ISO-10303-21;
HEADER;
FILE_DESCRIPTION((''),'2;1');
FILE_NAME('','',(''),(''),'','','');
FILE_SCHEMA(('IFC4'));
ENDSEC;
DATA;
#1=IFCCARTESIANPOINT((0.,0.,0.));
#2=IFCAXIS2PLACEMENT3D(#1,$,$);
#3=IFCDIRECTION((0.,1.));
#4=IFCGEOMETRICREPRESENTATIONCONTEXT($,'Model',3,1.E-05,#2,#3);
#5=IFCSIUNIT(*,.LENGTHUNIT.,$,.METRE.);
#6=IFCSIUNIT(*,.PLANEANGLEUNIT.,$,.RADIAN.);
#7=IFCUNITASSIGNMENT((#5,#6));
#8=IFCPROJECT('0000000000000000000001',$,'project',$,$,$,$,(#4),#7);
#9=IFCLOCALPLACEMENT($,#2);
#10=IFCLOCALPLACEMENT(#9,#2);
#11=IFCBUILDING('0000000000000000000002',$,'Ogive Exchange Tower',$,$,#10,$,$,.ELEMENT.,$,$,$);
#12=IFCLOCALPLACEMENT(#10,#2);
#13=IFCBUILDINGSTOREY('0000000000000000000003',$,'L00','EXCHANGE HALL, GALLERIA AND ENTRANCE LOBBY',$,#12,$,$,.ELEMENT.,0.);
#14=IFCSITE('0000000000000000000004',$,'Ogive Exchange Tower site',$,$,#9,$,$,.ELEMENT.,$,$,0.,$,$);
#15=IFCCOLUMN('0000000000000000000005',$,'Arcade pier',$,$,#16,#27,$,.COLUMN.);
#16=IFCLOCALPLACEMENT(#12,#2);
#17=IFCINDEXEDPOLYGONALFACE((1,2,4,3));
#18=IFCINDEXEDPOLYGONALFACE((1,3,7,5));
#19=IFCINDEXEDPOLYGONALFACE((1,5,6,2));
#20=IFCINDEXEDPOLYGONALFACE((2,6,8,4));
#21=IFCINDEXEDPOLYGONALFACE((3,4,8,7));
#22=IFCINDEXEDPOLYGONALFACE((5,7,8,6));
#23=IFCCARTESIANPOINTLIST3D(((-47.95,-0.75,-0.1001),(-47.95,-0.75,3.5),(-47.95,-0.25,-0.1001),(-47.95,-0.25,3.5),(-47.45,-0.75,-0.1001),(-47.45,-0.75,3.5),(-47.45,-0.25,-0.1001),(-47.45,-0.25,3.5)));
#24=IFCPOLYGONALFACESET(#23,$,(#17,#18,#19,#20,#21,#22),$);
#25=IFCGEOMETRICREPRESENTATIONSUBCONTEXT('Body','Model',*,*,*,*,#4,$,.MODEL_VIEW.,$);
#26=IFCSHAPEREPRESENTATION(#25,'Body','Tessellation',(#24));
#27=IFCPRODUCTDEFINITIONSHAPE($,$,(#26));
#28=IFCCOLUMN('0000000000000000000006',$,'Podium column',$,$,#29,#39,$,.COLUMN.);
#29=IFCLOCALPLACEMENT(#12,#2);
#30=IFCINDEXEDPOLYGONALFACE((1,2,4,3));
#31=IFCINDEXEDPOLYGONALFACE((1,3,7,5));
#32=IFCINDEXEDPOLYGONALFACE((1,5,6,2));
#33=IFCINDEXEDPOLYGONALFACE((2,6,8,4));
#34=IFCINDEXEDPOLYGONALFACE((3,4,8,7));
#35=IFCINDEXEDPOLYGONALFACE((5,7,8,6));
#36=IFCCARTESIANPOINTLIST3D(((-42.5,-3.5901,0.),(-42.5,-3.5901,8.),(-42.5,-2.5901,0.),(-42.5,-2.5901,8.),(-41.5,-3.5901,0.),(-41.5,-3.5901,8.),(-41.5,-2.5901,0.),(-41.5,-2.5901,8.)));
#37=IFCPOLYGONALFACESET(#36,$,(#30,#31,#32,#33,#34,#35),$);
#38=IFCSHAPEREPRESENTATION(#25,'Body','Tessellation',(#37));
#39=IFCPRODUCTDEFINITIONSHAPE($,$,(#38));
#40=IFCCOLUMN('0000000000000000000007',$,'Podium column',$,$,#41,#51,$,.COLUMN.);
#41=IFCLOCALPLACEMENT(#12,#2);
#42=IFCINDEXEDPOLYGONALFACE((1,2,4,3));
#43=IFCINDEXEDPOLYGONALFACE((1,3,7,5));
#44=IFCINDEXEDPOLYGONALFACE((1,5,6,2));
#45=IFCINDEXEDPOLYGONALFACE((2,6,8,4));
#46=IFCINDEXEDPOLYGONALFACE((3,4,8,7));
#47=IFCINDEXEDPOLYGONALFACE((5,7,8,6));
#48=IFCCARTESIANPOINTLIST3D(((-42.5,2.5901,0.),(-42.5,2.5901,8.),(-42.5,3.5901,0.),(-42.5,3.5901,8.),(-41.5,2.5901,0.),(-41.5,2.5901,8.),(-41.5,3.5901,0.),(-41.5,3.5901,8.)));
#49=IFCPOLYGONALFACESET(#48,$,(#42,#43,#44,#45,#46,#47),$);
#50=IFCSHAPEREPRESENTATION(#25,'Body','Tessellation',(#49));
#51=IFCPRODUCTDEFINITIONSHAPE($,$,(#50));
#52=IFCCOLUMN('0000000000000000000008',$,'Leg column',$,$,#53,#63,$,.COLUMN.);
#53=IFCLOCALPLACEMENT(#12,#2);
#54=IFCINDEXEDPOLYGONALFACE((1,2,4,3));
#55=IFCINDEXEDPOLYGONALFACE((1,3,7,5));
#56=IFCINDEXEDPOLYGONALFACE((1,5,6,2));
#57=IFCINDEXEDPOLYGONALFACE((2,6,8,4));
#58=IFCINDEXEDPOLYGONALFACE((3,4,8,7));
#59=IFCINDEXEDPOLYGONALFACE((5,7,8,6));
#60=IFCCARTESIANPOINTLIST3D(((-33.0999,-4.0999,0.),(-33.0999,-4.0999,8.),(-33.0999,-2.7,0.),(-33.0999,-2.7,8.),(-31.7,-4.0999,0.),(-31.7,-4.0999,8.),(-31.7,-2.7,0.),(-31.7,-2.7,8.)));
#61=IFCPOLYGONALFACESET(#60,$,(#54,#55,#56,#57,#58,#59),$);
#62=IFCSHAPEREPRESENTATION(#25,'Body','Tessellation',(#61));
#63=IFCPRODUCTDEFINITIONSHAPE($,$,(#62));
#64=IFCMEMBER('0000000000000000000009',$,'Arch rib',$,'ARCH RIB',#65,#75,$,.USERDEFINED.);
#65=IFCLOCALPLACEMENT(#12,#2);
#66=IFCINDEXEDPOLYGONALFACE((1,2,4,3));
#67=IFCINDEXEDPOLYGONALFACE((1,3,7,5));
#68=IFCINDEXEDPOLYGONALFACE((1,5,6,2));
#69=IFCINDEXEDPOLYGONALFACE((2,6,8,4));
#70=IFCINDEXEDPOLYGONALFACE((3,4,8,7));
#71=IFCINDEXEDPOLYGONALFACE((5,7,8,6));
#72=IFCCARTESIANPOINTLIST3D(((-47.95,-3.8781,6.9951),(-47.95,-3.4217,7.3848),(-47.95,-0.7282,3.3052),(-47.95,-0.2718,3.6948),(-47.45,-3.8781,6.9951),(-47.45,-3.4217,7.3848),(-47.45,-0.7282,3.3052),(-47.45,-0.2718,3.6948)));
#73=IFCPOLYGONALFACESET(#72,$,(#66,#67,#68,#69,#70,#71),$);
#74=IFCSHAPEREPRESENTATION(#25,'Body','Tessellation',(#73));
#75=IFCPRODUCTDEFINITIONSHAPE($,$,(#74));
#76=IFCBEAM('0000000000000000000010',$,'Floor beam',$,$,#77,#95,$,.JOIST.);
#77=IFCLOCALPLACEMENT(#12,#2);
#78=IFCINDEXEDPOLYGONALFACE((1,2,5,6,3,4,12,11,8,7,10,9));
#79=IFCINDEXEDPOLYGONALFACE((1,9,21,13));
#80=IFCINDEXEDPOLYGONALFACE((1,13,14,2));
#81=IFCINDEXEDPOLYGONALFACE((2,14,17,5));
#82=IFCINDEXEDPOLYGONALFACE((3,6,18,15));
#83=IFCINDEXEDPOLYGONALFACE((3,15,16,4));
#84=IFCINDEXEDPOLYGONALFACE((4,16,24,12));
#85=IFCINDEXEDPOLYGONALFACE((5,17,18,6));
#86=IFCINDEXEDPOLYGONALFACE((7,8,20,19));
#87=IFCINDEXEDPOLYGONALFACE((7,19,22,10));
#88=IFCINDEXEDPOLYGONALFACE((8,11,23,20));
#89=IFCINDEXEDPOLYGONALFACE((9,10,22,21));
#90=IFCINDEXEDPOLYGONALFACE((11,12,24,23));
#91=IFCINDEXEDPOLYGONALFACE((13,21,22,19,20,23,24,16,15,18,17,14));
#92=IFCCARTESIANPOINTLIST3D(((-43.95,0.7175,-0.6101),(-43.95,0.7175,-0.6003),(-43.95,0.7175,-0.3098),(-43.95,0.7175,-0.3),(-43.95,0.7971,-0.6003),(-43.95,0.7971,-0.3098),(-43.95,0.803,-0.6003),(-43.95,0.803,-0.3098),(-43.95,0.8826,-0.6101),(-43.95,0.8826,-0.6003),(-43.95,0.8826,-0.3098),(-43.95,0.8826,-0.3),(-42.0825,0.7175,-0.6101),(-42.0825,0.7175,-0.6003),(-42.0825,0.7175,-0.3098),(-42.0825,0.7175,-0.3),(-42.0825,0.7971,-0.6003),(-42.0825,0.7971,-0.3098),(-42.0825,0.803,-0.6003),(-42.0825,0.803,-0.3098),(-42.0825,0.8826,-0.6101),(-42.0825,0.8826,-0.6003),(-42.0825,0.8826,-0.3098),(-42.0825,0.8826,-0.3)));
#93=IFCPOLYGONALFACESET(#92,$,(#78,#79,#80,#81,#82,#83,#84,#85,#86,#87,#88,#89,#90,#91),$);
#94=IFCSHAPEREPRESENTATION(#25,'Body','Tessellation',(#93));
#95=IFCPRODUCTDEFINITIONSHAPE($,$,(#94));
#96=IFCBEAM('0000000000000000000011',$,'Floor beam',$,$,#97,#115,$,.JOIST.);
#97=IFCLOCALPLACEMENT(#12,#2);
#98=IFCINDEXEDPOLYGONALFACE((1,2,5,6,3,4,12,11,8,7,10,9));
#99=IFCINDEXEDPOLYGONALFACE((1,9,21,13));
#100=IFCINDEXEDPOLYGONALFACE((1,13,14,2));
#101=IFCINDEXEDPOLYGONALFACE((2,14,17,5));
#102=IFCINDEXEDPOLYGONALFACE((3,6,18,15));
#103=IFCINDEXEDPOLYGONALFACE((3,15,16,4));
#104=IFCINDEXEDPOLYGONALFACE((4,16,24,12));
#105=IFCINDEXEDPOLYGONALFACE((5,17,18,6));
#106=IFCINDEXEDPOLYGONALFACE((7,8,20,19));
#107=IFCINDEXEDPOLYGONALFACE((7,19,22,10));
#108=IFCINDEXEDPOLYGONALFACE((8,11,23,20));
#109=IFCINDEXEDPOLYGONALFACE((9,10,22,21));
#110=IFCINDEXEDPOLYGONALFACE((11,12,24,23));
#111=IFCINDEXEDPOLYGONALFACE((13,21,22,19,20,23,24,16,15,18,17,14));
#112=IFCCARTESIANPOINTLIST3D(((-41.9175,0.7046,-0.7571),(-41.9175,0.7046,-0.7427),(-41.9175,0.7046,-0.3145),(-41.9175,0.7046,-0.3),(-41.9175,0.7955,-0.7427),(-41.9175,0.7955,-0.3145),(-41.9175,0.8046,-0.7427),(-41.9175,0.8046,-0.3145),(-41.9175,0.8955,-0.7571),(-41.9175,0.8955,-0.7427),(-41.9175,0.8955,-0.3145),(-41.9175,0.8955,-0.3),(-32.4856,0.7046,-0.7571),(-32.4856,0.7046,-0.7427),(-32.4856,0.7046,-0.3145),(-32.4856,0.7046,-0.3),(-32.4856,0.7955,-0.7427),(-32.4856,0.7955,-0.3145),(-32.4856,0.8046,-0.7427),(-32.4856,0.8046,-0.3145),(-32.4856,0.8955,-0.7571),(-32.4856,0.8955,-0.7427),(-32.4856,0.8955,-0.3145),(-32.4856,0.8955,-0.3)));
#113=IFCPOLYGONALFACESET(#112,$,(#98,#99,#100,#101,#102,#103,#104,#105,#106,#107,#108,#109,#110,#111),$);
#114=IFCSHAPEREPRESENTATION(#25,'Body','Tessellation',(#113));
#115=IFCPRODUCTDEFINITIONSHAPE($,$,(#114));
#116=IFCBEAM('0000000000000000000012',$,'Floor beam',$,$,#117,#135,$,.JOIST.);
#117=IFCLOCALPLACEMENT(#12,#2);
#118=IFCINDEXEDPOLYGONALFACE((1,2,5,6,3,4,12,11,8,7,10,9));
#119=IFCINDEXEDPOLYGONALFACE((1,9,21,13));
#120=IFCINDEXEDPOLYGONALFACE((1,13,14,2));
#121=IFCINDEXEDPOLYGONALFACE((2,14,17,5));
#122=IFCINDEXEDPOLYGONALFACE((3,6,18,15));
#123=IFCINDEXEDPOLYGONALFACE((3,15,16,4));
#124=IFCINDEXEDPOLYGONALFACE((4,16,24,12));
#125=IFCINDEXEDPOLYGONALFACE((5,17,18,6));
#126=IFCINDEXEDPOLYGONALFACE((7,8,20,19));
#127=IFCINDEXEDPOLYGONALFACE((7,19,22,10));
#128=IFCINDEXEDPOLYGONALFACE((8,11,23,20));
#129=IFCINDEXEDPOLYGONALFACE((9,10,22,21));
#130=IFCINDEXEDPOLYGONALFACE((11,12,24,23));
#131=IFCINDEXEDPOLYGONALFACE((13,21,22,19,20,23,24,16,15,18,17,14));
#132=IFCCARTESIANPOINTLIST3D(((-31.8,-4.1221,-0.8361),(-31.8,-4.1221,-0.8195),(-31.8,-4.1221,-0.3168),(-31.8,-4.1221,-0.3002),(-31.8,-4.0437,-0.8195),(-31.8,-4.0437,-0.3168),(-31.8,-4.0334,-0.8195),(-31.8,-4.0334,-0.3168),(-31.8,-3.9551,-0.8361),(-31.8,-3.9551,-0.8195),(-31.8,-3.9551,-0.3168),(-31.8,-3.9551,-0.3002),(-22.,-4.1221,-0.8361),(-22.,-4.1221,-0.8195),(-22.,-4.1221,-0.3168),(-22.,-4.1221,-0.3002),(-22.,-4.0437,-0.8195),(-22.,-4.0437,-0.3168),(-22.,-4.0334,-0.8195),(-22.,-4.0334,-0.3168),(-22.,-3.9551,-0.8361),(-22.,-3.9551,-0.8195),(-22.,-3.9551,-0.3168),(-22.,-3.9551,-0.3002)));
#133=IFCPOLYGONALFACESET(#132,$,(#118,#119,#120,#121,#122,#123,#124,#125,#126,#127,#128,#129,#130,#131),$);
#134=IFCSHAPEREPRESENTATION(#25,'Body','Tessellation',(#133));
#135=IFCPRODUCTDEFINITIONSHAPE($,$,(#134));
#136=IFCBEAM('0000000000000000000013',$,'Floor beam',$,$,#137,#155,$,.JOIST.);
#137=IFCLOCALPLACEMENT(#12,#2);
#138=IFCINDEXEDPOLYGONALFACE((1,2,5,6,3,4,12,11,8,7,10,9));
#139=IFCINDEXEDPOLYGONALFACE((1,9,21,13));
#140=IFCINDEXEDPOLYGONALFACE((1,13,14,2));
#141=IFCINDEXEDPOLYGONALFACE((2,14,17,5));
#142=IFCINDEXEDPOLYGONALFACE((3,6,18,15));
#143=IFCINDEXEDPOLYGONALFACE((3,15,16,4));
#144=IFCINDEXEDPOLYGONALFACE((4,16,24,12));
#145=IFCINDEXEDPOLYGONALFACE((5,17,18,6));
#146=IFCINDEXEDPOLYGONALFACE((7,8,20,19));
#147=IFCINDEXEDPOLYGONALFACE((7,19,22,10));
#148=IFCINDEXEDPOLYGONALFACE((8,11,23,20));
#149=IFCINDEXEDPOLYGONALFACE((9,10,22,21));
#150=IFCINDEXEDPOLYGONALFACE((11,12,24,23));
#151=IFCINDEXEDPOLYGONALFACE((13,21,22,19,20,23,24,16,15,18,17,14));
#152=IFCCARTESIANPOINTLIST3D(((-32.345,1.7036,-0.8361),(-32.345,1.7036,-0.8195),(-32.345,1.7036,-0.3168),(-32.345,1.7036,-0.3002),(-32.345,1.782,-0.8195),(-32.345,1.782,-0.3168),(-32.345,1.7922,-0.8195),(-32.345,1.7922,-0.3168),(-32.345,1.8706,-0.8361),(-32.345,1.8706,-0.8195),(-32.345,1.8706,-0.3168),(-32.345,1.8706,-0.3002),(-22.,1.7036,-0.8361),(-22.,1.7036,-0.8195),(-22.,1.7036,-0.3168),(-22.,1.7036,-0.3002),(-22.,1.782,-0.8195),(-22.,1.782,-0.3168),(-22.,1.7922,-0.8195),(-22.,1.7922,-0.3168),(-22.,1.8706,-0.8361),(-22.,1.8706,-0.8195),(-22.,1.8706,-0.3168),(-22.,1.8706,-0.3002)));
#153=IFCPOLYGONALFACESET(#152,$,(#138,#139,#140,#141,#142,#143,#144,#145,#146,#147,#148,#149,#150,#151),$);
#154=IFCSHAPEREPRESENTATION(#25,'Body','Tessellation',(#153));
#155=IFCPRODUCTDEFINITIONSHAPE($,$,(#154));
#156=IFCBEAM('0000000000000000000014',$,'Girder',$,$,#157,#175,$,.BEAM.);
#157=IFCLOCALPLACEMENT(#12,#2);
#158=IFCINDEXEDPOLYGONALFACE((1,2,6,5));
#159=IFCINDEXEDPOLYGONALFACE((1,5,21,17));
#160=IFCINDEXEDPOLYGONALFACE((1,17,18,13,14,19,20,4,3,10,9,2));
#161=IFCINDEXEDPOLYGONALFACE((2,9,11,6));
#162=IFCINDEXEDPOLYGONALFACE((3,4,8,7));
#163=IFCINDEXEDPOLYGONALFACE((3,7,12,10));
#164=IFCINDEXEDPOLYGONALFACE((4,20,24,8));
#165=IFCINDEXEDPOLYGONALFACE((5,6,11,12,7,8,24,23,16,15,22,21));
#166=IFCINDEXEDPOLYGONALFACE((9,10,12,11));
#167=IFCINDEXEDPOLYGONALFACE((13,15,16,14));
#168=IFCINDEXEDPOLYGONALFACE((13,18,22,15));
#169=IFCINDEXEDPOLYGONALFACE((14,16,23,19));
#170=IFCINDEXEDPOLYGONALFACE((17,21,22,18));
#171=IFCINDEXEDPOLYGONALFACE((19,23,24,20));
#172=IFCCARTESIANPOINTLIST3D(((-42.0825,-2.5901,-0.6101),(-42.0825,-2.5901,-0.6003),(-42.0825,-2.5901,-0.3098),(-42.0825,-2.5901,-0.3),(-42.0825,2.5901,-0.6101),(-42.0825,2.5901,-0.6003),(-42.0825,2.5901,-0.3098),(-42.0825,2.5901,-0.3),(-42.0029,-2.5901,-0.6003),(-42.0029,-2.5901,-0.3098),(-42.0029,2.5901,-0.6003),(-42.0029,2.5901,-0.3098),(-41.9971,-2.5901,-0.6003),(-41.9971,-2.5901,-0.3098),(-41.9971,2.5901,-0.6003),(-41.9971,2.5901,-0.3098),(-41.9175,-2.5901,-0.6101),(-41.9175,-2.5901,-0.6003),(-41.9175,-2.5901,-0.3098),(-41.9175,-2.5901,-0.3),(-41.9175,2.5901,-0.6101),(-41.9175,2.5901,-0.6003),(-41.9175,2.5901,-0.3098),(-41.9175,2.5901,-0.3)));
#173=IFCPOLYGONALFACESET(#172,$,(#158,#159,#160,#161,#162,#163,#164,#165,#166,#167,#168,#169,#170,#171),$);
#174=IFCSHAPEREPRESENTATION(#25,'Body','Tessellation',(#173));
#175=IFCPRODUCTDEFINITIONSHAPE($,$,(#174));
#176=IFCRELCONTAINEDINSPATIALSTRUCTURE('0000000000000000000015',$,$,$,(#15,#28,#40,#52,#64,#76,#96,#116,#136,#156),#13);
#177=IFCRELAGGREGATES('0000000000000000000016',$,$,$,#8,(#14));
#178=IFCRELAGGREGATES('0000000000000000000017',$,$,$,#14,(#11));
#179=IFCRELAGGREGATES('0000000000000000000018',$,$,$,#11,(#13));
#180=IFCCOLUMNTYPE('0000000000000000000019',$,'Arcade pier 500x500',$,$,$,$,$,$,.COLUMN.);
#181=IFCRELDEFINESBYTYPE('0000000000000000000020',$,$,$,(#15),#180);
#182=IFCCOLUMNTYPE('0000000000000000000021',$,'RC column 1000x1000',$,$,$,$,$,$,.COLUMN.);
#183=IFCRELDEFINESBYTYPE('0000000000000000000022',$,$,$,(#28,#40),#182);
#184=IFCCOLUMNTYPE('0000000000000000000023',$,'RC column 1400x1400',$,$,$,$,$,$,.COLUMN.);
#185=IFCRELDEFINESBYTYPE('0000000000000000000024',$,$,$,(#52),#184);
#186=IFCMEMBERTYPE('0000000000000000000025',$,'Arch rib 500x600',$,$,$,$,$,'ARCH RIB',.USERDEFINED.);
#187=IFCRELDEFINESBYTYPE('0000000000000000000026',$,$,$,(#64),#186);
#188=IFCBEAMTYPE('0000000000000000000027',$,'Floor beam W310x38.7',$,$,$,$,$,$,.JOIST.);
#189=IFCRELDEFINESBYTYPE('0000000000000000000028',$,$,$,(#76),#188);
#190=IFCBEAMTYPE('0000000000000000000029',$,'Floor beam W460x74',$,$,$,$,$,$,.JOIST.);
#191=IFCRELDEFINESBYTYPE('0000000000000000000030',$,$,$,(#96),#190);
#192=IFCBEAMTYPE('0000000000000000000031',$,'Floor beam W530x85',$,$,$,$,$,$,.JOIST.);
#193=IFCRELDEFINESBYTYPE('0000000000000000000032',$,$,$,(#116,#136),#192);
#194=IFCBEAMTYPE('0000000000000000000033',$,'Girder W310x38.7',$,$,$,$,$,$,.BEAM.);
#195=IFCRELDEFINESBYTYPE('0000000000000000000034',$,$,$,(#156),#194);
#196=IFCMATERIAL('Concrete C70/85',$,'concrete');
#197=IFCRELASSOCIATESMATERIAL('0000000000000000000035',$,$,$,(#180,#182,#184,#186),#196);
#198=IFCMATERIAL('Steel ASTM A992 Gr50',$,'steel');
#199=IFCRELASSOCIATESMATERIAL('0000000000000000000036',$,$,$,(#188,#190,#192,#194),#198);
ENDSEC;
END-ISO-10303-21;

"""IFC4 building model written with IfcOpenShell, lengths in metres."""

from ifc_helpers import new_model, si_unit, direction, frame, origin, origin_2d, place, context, subcontext, project, spatial, rectangle, i_section, extrude, material, material_profile, profile_set, type_object, element, save


model = new_model("IFC4")

# Units and contexts
model_context = context("Model", 3, precision=1e-05, world=origin(), true_north=direction((0.0, 1.0)))
body_context = subcontext(model_context, "Body", "Model", "MODEL_VIEW")
ifc_project = project(units=[si_unit("LENGTHUNIT", "METRE"), si_unit("PLANEANGLEUNIT", "RADIAN")], contexts=[model_context])

# Site, building, storey
site_placement = place(None, origin())
site = spatial("IfcSite", under=ifc_project, at=site_placement, Name="Ogive Exchange Tower site", CompositionType="ELEMENT", RefElevation=0.0)
building_placement = place(site_placement, origin())
building = spatial("IfcBuilding", under=site, at=building_placement, Name="Ogive Exchange Tower", CompositionType="ELEMENT")
storey_placement = place(building_placement, origin())
storey = spatial("IfcBuildingStorey", under=building, at=storey_placement, Name="L00", Description="EXCHANGE HALL, GALLERIA AND ENTRANCE LOBBY", CompositionType="ELEMENT", Elevation=0.0)

# Columns
ifc_material_1 = material(Name="Concrete C70/85", Category="concrete")
ifc_material_profile_1 = material_profile(ifc_material_1, rectangle(XDim=0.5, YDim=0.5, at=origin_2d()), Name="RC 500x500")
ifc_profile_set_1 = profile_set([ifc_material_profile_1], Name="Concrete C70/85")
column_type_1 = type_object("IfcColumnType", Name="Arcade pier 500x500", PredefinedType="COLUMN", material=ifc_profile_set_1)
column_1_placement = place(storey_placement, frame((-47.7, -0.5, -0.1001), z_axis=(0.0, 0.0, 1.0), x_axis=(1.0, 0.0, 0.0)))
element("IfcColumn", 1, at=column_1_placement, inside=storey, type_object=column_type_1, Name="Arcade pier", PredefinedType="COLUMN", context=body_context, shape_type="SweptSolid", body=[
    extrude(rectangle(XDim=0.5, YDim=0.5, at=origin_2d()), origin(), (0.0, 0.0, 1.0), 3.6001),
])
ifc_material_profile_2 = material_profile(ifc_material_1, rectangle(XDim=1.0, YDim=1.0, at=origin_2d()), Name="RC 1000x1000")
ifc_profile_set_2 = profile_set([ifc_material_profile_2], Name="Concrete C70/85")
column_type_2 = type_object("IfcColumnType", Name="RC column 1000x1000", PredefinedType="COLUMN", material=ifc_profile_set_2)
for number, where, z_axis, x_axis, name in (
    (2, (-42.0, -3.0901, 0.0), (0.0, 0.0, 1.0), (1.0, 0.0, 0.0), "Podium column"),
    (3, (-42.0, 3.0901, 0.0), (0.0, 0.0, 1.0), (1.0, 0.0, 0.0), "Podium column"),
):
    element("IfcColumn", number, at=place(storey_placement, frame(where, z_axis=z_axis, x_axis=x_axis)), inside=storey, type_object=column_type_2, Name=name, PredefinedType="COLUMN", context=body_context, shape_type="SweptSolid", body=[
        extrude(rectangle(XDim=1.0, YDim=1.0, at=origin_2d()), origin(), (0.0, 0.0, 1.0), 8.0),
    ])
ifc_material_profile_3 = material_profile(ifc_material_1, rectangle(XDim=1.3999, YDim=1.3999, at=origin_2d()), Name="RC 1400x1400")
ifc_profile_set_3 = profile_set([ifc_material_profile_3], Name="Concrete C70/85")
column_type_3 = type_object("IfcColumnType", Name="RC column 1400x1400", PredefinedType="COLUMN", material=ifc_profile_set_3)
column_2_placement = place(storey_placement, frame((-32.3999, -3.3999, 0.0), z_axis=(0.0, 0.0, 1.0), x_axis=(1.0, 0.0, 0.0)))
element("IfcColumn", 4, at=column_2_placement, inside=storey, type_object=column_type_3, Name="Leg column", PredefinedType="COLUMN", context=body_context, shape_type="SweptSolid", body=[
    extrude(rectangle(XDim=1.3999, YDim=1.3999, at=origin_2d()), origin(), (0.0, 0.0, 1.0), 8.0),
])

# Member
ifc_material_profile_4 = material_profile(ifc_material_1, rectangle(XDim=0.5, YDim=0.6001, at=origin_2d()), Name="PC 500x600")
ifc_profile_set_4 = profile_set([ifc_material_profile_4], Name="Concrete C70/85")
member_type_1 = type_object("IfcMemberType", Name="Arch rib 500x600", ElementType="ARCH RIB", PredefinedType="USERDEFINED", material=ifc_profile_set_4)
member_1_placement = place(storey_placement, frame((-47.7, -0.5, 3.5), z_axis=(0.0, -0.649257, 0.760569), x_axis=(1.0, 0.0, 0.0)))
element("IfcMember", 5, at=member_1_placement, inside=storey, type_object=member_type_1, Name="Arch rib", ObjectType="ARCH RIB", PredefinedType="USERDEFINED", context=body_context, shape_type="SweptSolid", body=[
    extrude(rectangle(XDim=0.5, YDim=0.6001, at=origin_2d()), origin(), (0.0, 0.0, 1.0), 4.8516),
])

# Beams
ifc_material_2 = material(Name="Steel ASTM A992 Gr50", Category="steel")
ifc_material_profile_5 = material_profile(ifc_material_2, i_section(OverallWidth=0.165, OverallDepth=0.3101, WebThickness=0.0059, FlangeThickness=0.0098, at=origin_2d()), Name="W310x38.7")
ifc_profile_set_5 = profile_set([ifc_material_profile_5], Name="Steel ASTM A992 Gr50")
beam_type_1 = type_object("IfcBeamType", Name="Floor beam W310x38.7", PredefinedType="JOIST", material=ifc_profile_set_5)
beam_1_placement = place(storey_placement, frame((-43.95, 0.8, -0.4551), z_axis=(1.0, 0.0, 0.0), x_axis=(0.0, 1.0, 0.0)))
element("IfcBeam", 6, at=beam_1_placement, inside=storey, type_object=beam_type_1, Name="Floor beam", PredefinedType="JOIST", context=body_context, shape_type="SweptSolid", body=[
    extrude(i_section(OverallWidth=0.165, OverallDepth=0.3101, WebThickness=0.0059, FlangeThickness=0.0098, at=origin_2d()), origin(), (0.0, 0.0, 1.0), 1.8674),
])
ifc_material_profile_6 = material_profile(ifc_material_2, i_section(OverallWidth=0.1909, OverallDepth=0.457, WebThickness=0.009, FlangeThickness=0.0144, at=origin_2d()), Name="W460x74")
ifc_profile_set_6 = profile_set([ifc_material_profile_6], Name="Steel ASTM A992 Gr50")
beam_type_2 = type_object("IfcBeamType", Name="Floor beam W460x74", PredefinedType="JOIST", material=ifc_profile_set_6)
beam_2_placement = place(storey_placement, frame((-41.9175, 0.8, -0.5286), z_axis=(1.0, 0.0, 0.0), x_axis=(0.0, 1.0, 0.0)))
element("IfcBeam", 7, at=beam_2_placement, inside=storey, type_object=beam_type_2, Name="Floor beam", PredefinedType="JOIST", context=body_context, shape_type="SweptSolid", body=[
    extrude(i_section(OverallWidth=0.1909, OverallDepth=0.457, WebThickness=0.009, FlangeThickness=0.0144, at=origin_2d()), origin(), (0.0, 0.0, 1.0), 9.4319),
])
ifc_material_profile_7 = material_profile(ifc_material_2, i_section(OverallWidth=0.167, OverallDepth=0.5359, WebThickness=0.0103, FlangeThickness=0.0166, at=origin_2d()), Name="W530x85")
ifc_profile_set_7 = profile_set([ifc_material_profile_7], Name="Steel ASTM A992 Gr50")
beam_type_3 = type_object("IfcBeamType", Name="Floor beam W530x85", PredefinedType="JOIST", material=ifc_profile_set_7)
beam_3_placement = place(storey_placement, frame((-31.8, -4.0386, -0.5681), z_axis=(1.0, 0.0, 0.0), x_axis=(0.0, 1.0, 0.0)))
element("IfcBeam", 8, at=beam_3_placement, inside=storey, type_object=beam_type_3, Name="Floor beam", PredefinedType="JOIST", context=body_context, shape_type="SweptSolid", body=[
    extrude(i_section(OverallWidth=0.167, OverallDepth=0.5359, WebThickness=0.0103, FlangeThickness=0.0166, at=origin_2d()), origin(), (0.0, 0.0, 1.0), 9.8),
])
beam_4_placement = place(storey_placement, frame((-32.345, 1.7871, -0.5681), z_axis=(1.0, 0.0, 0.0), x_axis=(0.0, 1.0, 0.0)))
element("IfcBeam", 9, at=beam_4_placement, inside=storey, type_object=beam_type_3, Name="Floor beam", PredefinedType="JOIST", context=body_context, shape_type="SweptSolid", body=[
    extrude(i_section(OverallWidth=0.167, OverallDepth=0.5359, WebThickness=0.0103, FlangeThickness=0.0166, at=origin_2d()), origin(), (0.0, 0.0, 1.0), 10.345),
])
ifc_material_profile_8 = material_profile(ifc_material_2, i_section(OverallWidth=0.165, OverallDepth=0.3101, WebThickness=0.0059, FlangeThickness=0.0098, at=origin_2d()), Name="W310x38.7")
ifc_profile_set_8 = profile_set([ifc_material_profile_8], Name="Steel ASTM A992 Gr50")
beam_type_4 = type_object("IfcBeamType", Name="Girder W310x38.7", PredefinedType="BEAM", material=ifc_profile_set_8)
beam_5_placement = place(storey_placement, frame((-42.0, -2.5901, -0.4551), z_axis=(0.0, 1.0, 0.0), x_axis=(-1.0, 0.0, 0.0)))
element("IfcBeam", 10, at=beam_5_placement, inside=storey, type_object=beam_type_4, Name="Girder", PredefinedType="BEAM", context=body_context, shape_type="SweptSolid", body=[
    extrude(i_section(OverallWidth=0.165, OverallDepth=0.3101, WebThickness=0.0059, FlangeThickness=0.0098, at=origin_2d()), origin(), (0.0, 0.0, 1.0), 5.1802),
])

save(model, "model.ifc")
